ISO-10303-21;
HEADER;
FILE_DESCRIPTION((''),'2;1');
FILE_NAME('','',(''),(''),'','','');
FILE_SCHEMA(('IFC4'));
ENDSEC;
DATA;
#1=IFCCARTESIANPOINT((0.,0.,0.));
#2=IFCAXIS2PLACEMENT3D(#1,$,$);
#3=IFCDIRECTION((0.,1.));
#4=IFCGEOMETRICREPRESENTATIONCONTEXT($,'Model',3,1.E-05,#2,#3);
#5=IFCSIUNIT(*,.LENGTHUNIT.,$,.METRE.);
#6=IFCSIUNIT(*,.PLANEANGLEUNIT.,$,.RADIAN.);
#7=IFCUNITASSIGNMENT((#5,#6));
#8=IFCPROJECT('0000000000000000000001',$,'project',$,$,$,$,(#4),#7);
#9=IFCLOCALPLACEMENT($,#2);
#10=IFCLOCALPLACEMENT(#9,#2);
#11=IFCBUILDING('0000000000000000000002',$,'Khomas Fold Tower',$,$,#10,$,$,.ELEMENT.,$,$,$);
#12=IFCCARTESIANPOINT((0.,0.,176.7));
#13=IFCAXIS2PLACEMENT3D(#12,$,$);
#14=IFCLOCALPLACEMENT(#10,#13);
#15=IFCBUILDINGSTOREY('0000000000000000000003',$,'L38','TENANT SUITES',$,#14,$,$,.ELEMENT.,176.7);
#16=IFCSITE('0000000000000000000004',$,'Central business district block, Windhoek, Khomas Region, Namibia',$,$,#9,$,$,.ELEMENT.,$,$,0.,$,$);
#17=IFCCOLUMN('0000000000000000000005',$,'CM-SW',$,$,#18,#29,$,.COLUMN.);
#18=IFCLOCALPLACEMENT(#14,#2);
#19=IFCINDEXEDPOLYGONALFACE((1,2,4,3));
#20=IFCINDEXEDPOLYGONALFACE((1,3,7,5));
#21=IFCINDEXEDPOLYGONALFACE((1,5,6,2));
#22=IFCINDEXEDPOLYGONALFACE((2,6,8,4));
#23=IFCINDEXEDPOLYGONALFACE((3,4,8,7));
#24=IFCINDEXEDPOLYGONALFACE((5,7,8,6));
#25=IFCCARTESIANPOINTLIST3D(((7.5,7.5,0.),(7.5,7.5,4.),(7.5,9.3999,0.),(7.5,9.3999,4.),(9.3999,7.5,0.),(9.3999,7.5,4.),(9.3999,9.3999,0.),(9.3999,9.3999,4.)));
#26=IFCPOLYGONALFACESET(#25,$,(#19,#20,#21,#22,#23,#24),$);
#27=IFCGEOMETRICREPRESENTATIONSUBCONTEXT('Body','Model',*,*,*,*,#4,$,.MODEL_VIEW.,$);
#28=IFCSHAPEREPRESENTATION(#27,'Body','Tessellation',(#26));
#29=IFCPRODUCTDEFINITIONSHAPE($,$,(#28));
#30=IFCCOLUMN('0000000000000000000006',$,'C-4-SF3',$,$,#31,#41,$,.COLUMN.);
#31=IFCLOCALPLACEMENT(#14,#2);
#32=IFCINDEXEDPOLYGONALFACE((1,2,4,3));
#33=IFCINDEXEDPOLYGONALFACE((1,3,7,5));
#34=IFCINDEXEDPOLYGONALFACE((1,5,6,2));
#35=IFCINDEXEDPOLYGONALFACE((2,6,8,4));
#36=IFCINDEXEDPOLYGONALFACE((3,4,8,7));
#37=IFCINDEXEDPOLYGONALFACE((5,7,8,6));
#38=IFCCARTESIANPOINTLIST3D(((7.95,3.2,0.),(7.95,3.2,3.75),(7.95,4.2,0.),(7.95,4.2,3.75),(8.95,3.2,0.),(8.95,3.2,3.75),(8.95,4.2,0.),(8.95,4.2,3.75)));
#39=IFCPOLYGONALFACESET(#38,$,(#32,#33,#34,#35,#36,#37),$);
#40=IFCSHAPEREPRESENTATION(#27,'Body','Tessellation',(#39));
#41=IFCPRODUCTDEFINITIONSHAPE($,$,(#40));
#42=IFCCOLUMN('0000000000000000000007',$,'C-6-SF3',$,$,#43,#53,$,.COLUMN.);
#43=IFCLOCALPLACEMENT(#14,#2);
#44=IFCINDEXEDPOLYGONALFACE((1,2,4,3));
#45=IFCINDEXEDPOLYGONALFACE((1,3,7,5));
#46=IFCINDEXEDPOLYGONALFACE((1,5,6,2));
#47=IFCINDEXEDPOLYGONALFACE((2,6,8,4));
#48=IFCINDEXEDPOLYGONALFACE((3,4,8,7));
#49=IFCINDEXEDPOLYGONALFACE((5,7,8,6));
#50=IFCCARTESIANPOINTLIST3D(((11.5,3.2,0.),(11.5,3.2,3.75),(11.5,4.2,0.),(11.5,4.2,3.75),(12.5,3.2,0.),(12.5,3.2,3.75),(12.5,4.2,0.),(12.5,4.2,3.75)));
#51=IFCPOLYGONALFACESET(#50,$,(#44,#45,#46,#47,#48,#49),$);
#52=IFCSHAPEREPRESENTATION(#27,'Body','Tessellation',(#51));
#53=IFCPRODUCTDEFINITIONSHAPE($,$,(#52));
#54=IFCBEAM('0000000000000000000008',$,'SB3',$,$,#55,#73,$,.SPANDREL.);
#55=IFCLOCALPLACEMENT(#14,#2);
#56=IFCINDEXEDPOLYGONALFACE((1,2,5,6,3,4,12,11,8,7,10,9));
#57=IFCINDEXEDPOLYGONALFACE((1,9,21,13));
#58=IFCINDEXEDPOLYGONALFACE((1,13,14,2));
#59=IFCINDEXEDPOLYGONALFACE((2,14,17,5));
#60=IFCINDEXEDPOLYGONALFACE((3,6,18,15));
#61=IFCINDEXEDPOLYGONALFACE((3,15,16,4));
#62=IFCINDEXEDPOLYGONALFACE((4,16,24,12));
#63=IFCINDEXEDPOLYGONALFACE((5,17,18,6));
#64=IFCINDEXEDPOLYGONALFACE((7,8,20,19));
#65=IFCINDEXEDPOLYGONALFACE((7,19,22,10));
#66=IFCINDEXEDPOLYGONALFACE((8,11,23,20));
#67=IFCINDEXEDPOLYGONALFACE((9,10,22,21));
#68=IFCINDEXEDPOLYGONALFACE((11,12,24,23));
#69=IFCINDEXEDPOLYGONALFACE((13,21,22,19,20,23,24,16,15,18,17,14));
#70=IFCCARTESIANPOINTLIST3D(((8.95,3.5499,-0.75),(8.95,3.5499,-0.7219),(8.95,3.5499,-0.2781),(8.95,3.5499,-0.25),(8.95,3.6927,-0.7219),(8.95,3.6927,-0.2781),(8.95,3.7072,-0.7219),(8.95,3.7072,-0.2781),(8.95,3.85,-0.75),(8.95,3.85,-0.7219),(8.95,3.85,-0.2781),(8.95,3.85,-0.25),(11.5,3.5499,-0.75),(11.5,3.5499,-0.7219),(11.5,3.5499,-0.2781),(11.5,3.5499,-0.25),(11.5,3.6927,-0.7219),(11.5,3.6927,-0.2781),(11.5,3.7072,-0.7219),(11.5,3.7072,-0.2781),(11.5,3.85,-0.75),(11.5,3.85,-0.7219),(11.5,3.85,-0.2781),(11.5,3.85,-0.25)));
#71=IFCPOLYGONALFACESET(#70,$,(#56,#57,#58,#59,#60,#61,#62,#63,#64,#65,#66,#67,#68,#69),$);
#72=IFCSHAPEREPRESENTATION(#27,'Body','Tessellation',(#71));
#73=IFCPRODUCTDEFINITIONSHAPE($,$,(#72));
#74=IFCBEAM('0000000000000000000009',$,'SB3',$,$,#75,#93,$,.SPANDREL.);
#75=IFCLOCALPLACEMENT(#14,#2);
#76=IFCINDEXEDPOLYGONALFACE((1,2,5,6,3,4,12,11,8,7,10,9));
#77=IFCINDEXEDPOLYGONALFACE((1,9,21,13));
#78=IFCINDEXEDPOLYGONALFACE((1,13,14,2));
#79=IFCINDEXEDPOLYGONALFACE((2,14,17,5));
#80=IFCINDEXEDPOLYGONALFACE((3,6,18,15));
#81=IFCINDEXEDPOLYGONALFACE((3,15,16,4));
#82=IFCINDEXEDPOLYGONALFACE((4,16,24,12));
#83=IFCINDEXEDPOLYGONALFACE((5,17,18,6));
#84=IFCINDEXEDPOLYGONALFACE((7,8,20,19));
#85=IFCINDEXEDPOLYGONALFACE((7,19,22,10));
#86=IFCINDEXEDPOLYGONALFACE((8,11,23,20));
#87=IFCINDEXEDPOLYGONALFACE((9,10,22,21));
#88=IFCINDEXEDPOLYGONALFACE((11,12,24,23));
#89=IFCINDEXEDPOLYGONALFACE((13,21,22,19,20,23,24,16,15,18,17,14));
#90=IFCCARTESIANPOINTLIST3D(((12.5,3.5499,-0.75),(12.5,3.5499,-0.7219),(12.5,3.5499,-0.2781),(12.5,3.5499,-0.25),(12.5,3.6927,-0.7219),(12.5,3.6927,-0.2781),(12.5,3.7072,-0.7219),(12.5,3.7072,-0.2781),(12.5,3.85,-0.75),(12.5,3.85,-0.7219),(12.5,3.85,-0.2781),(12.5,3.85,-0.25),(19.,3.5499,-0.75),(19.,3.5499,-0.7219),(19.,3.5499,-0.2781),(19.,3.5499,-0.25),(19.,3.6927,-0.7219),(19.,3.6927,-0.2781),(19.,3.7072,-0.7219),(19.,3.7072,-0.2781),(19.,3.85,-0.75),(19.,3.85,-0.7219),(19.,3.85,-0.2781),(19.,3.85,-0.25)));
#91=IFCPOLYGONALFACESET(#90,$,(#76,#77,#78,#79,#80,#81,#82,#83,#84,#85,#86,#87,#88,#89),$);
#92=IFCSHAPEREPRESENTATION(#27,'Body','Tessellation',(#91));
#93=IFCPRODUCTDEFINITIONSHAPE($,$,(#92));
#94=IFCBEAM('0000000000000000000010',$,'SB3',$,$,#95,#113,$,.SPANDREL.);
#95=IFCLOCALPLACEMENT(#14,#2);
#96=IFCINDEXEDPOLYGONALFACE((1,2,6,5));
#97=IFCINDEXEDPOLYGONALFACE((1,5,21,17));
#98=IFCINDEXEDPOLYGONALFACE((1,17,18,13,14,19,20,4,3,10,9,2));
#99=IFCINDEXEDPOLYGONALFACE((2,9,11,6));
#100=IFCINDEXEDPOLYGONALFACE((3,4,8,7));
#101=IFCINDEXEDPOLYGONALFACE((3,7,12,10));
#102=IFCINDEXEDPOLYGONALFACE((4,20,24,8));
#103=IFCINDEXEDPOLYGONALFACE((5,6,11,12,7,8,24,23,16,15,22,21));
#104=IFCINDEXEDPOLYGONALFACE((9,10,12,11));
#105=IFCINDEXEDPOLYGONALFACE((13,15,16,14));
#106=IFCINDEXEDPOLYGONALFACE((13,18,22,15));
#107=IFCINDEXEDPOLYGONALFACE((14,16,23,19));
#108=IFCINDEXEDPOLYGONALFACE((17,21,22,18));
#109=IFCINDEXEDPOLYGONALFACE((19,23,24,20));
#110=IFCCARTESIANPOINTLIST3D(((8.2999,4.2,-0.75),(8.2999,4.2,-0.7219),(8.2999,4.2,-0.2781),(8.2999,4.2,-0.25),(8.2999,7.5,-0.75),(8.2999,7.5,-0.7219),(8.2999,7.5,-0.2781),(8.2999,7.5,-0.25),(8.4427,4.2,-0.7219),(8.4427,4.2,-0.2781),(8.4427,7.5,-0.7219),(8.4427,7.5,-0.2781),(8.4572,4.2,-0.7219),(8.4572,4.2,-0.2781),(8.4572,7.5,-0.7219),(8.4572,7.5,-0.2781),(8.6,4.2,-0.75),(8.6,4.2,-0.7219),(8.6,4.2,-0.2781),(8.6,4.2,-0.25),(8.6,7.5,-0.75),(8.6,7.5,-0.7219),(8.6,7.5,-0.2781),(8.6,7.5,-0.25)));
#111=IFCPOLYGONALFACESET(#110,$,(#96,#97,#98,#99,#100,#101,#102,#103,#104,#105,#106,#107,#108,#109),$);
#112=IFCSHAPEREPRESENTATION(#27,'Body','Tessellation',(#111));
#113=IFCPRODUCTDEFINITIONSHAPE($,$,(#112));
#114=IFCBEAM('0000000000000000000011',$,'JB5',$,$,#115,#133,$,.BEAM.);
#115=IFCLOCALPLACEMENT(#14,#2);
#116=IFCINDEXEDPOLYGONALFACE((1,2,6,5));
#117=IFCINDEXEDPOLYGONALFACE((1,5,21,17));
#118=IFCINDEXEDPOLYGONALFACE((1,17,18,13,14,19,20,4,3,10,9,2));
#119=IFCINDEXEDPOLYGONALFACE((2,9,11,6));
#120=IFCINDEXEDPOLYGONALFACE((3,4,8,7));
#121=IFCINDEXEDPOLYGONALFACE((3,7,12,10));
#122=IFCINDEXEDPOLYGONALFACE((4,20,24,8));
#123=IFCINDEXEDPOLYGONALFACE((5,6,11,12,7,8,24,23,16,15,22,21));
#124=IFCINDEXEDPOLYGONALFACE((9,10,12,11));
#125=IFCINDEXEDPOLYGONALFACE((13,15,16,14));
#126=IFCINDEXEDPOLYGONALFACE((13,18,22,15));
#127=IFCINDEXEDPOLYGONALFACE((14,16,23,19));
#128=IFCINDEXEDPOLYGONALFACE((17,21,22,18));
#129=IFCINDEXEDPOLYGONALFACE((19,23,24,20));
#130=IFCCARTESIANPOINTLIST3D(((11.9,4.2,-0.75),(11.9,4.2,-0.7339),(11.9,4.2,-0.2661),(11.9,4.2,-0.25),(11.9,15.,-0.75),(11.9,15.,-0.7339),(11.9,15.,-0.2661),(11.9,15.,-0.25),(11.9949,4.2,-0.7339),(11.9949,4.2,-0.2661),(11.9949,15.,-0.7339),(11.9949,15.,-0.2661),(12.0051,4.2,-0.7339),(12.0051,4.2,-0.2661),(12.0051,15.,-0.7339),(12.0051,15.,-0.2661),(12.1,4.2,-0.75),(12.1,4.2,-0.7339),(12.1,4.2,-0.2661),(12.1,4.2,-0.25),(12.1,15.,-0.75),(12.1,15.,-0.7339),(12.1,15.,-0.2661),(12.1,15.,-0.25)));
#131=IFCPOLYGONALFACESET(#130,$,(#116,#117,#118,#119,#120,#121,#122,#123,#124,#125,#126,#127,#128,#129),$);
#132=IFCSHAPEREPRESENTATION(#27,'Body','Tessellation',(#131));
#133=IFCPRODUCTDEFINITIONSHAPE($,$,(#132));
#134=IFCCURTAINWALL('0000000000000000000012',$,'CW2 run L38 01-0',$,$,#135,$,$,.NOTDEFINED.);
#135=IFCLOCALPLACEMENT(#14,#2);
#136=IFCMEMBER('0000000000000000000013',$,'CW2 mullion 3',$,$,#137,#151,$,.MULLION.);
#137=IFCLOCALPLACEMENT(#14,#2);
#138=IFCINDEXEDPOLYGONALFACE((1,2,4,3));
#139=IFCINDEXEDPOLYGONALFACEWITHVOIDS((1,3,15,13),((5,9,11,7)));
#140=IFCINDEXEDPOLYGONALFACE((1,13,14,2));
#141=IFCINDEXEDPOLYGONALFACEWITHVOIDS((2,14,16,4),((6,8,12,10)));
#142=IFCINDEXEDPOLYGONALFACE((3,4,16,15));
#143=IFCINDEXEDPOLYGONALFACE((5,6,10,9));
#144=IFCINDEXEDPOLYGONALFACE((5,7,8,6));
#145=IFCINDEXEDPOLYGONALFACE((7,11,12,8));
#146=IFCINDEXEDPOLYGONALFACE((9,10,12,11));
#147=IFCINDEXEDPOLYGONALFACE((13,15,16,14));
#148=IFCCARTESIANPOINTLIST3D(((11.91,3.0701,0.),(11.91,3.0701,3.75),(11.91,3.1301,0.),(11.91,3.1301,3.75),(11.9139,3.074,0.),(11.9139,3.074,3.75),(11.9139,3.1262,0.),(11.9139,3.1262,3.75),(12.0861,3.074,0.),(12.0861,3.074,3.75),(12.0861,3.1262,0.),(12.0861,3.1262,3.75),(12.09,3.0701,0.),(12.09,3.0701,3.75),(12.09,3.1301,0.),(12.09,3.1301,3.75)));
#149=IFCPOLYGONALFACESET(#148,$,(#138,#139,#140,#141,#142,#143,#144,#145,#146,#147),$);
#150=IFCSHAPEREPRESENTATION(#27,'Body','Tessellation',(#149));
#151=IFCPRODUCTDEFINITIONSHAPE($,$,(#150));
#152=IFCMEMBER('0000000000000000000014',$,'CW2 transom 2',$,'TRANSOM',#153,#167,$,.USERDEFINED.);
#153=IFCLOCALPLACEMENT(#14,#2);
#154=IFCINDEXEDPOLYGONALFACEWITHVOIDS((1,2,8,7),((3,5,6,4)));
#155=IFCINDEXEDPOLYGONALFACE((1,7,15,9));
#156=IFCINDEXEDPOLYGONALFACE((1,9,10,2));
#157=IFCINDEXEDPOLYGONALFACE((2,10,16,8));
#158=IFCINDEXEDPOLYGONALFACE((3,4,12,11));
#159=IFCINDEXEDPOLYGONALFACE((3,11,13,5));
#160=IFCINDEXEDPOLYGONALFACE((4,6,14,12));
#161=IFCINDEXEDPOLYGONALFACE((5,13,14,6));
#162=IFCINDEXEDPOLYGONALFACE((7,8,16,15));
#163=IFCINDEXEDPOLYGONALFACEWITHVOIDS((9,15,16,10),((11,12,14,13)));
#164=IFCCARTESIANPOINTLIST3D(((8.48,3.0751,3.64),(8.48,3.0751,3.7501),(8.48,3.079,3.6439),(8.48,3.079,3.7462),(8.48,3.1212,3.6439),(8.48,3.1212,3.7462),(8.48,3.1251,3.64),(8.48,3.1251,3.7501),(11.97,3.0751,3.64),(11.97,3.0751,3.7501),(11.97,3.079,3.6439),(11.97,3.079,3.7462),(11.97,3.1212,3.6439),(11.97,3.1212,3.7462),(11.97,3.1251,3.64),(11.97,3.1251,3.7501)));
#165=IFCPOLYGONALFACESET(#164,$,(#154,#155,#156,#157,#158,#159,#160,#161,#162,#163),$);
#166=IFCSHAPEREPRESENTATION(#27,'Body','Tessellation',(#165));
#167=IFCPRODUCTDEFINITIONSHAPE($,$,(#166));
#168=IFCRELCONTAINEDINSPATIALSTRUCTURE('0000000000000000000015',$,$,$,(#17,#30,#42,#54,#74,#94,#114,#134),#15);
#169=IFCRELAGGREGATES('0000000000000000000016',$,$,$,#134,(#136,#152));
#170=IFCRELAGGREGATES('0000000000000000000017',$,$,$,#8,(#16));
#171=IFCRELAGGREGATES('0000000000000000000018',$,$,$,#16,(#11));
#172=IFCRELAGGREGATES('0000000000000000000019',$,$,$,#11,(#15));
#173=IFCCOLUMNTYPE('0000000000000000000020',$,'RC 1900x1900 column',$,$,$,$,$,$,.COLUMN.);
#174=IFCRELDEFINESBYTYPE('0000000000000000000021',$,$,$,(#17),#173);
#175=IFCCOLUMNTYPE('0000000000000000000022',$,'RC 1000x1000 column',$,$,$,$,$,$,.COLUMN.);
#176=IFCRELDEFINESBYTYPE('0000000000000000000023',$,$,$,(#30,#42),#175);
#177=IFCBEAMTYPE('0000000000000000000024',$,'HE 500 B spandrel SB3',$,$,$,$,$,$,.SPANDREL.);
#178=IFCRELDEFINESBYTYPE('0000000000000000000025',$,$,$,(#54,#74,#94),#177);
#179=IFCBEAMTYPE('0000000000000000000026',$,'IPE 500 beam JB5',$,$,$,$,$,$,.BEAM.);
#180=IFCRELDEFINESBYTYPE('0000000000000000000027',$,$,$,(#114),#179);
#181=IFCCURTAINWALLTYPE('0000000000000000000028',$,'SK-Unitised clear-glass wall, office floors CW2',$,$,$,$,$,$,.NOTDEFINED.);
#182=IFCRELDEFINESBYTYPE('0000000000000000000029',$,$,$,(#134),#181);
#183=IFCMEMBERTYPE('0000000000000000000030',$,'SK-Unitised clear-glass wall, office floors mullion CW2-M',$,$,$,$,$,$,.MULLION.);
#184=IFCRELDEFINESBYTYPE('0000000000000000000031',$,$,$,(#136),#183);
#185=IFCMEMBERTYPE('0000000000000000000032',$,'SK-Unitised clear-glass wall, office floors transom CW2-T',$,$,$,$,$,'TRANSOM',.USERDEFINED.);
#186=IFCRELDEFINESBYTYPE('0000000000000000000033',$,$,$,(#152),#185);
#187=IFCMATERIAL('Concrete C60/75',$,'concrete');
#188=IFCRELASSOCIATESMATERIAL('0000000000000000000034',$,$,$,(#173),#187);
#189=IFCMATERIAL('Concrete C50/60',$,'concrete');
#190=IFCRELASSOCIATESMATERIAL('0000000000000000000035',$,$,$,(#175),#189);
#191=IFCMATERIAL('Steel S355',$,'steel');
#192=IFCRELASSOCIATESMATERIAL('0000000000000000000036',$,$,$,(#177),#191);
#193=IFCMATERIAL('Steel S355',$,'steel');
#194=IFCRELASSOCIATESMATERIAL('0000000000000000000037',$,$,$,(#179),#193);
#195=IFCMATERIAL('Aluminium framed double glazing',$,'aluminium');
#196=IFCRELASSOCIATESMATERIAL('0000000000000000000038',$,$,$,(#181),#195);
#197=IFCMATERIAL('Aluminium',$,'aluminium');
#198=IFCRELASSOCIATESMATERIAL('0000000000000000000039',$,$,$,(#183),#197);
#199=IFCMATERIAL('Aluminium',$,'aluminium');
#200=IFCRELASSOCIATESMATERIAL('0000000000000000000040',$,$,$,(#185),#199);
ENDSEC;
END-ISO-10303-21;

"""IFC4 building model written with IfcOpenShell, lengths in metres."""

from ifc_helpers import new_model, si_unit, direction, frame, origin, origin_2d, place, context, subcontext, project, spatial, rectangle, hollow_rectangle, i_section, extrude, source, transform, mapped, material, material_profile, profile_set, type_object, element, aggregate, save


model = new_model("IFC4")

# Units and contexts
model_context = context("Model", 3, precision=1e-05, world=origin(), true_north=direction((0.0, 1.0)))
body_context = subcontext(model_context, "Body", "Model", "MODEL_VIEW")
ifc_project = project(units=[si_unit("LENGTHUNIT", "METRE"), si_unit("PLANEANGLEUNIT", "RADIAN")], contexts=[model_context])

# Site, building, storey
site_placement = place(None, origin())
site = spatial("IfcSite", under=ifc_project, at=site_placement, Name="Central business district block, Windhoek, Khomas Region, Namibia", CompositionType="ELEMENT", RefElevation=0.0)
building_placement = place(site_placement, origin())
building = spatial("IfcBuilding", under=site, at=building_placement, Name="Khomas Fold Tower", CompositionType="ELEMENT")
storey_placement = place(building_placement, frame((0.0, 0.0, 176.7)))
storey = spatial("IfcBuildingStorey", under=building, at=storey_placement, Name="L38", Description="TENANT SUITES", CompositionType="ELEMENT", Elevation=176.7)

# Columns
ifc_material_1 = material(Name="Concrete C60/75", Category="concrete")
ifc_material_profile_1 = material_profile(ifc_material_1, rectangle(XDim=1.8999, YDim=1.8999, at=origin_2d()), Name="RC 1900x1900")
ifc_profile_set_1 = profile_set([ifc_material_profile_1], Name="Concrete C60/75")
column_type_1 = type_object("IfcColumnType", Name="RC 1900x1900 column", PredefinedType="COLUMN", material=ifc_profile_set_1)
shared_shape_1 = source(origin(), body_context, "Body", "SweptSolid", [
    extrude(rectangle(XDim=1.8999, YDim=1.8999, at=origin_2d()), origin(), (0.0, 0.0, 1.0), 4.0),
])
column_placement = place(storey_placement, frame((8.45, 8.45, 0.0), z_axis=(0.0, 0.0, 1.0), x_axis=(1.0, 0.0, 0.0)))
element("IfcColumn", 1, at=column_placement, inside=storey, type_object=column_type_1, Name="CM-SW", PredefinedType="COLUMN", context=body_context, shape_type="MappedRepresentation", body=[
    mapped(shared_shape_1, transform((0.0, 0.0, 0.0))),
])
ifc_material_2 = material(Name="Concrete C50/60", Category="concrete")
ifc_material_profile_2 = material_profile(ifc_material_2, rectangle(XDim=1.0, YDim=1.0, at=origin_2d()), Name="RC 1000x1000")
ifc_profile_set_2 = profile_set([ifc_material_profile_2], Name="Concrete C50/60")
column_type_2 = type_object("IfcColumnType", Name="RC 1000x1000 column", PredefinedType="COLUMN", material=ifc_profile_set_2)
shared_shape_2 = source(origin(), body_context, "Body", "SweptSolid", [
    extrude(rectangle(XDim=1.0, YDim=1.0, at=origin_2d()), origin(), (0.0, 0.0, 1.0), 3.75),
])
for number, where, z_axis, x_axis, name in (
    (2, (8.45, 3.7, 0.0), (0.0, 0.0, 1.0), (1.0, 0.0, 0.0), "C-4-SF3"),
    (3, (12.0, 3.7, 0.0), (0.0, 0.0, 1.0), (1.0, 0.0, 0.0), "C-6-SF3"),
):
    element("IfcColumn", number, at=place(storey_placement, frame(where, z_axis=z_axis, x_axis=x_axis)), inside=storey, type_object=column_type_2, Name=name, PredefinedType="COLUMN", context=body_context, shape_type="MappedRepresentation", body=[
        mapped(shared_shape_2, transform((0.0, 0.0, 0.0))),
    ])

# Beams
ifc_material_3 = material(Name="Steel S355", Category="steel")
ifc_material_profile_3 = material_profile(ifc_material_3, i_section(OverallWidth=0.3, OverallDepth=0.5, WebThickness=0.0144, FlangeThickness=0.0281, at=origin_2d()), Name="HE 500 B")
ifc_profile_set_3 = profile_set([ifc_material_profile_3], Name="Steel S355")
beam_type_1 = type_object("IfcBeamType", Name="HE 500 B spandrel SB3", PredefinedType="SPANDREL", material=ifc_profile_set_3)
shared_shape_3 = source(origin(), body_context, "Body", "SweptSolid", [
    extrude(i_section(OverallWidth=0.3, OverallDepth=0.5, WebThickness=0.0144, FlangeThickness=0.0281, at=origin_2d()), origin(), (0.0, 0.0, 1.0), 2.55),
])
beam_1_placement = place(storey_placement, frame((8.95, 3.7, -0.5), z_axis=(1.0, 0.0, 0.0), x_axis=(0.0, 1.0, 0.0)))
element("IfcBeam", 4, at=beam_1_placement, inside=storey, type_object=beam_type_1, Name="SB3", PredefinedType="SPANDREL", context=body_context, shape_type="MappedRepresentation", body=[
    mapped(shared_shape_3, transform((0.0, 0.0, 0.0))),
])
shared_shape_4 = source(origin(), body_context, "Body", "SweptSolid", [
    extrude(i_section(OverallWidth=0.3, OverallDepth=0.5, WebThickness=0.0144, FlangeThickness=0.0281, at=origin_2d()), origin(), (0.0, 0.0, 1.0), 6.5),
])
beam_2_placement = place(storey_placement, frame((12.5, 3.7, -0.5), z_axis=(1.0, 0.0, 0.0), x_axis=(0.0, 1.0, 0.0)))
element("IfcBeam", 5, at=beam_2_placement, inside=storey, type_object=beam_type_1, Name="SB3", PredefinedType="SPANDREL", context=body_context, shape_type="MappedRepresentation", body=[
    mapped(shared_shape_4, transform((0.0, 0.0, 0.0))),
])
shared_shape_5 = source(origin(), body_context, "Body", "SweptSolid", [
    extrude(i_section(OverallWidth=0.3, OverallDepth=0.5, WebThickness=0.0144, FlangeThickness=0.0281, at=origin_2d()), origin(), (0.0, 0.0, 1.0), 3.3),
])
beam_3_placement = place(storey_placement, frame((8.45, 4.2, -0.5), z_axis=(0.0, 1.0, 0.0), x_axis=(-1.0, 0.0, 0.0)))
element("IfcBeam", 6, at=beam_3_placement, inside=storey, type_object=beam_type_1, Name="SB3", PredefinedType="SPANDREL", context=body_context, shape_type="MappedRepresentation", body=[
    mapped(shared_shape_5, transform((0.0, 0.0, 0.0))),
])
ifc_material_4 = material(Name="Steel S355", Category="steel")
ifc_material_profile_4 = material_profile(ifc_material_4, i_section(OverallWidth=0.2, OverallDepth=0.5, WebThickness=0.0103, FlangeThickness=0.0161, at=origin_2d()), Name="IPE 500")
ifc_profile_set_4 = profile_set([ifc_material_profile_4], Name="Steel S355")
beam_type_2 = type_object("IfcBeamType", Name="IPE 500 beam JB5", PredefinedType="BEAM", material=ifc_profile_set_4)
shared_shape_6 = source(origin(), body_context, "Body", "SweptSolid", [
    extrude(i_section(OverallWidth=0.2, OverallDepth=0.5, WebThickness=0.0103, FlangeThickness=0.0161, at=origin_2d()), origin(), (0.0, 0.0, 1.0), 10.8),
])
beam_4_placement = place(storey_placement, frame((12.0, 4.2, -0.5), z_axis=(0.0, 1.0, 0.0), x_axis=(-1.0, 0.0, 0.0)))
element("IfcBeam", 7, at=beam_4_placement, inside=storey, type_object=beam_type_2, Name="JB5", PredefinedType="BEAM", context=body_context, shape_type="MappedRepresentation", body=[
    mapped(shared_shape_6, transform((0.0, 0.0, 0.0))),
])

# Curtain wall, members
ifc_material_5 = material(Name="Aluminium framed double glazing", Category="aluminium")
curtain_wall_type = type_object("IfcCurtainWallType", Name="SK-Unitised clear-glass wall, office floors CW2", PredefinedType="NOTDEFINED", material=ifc_material_5)
curtain_wall_placement = place(storey_placement, origin())
curtain_wall = element("IfcCurtainWall", 8, at=curtain_wall_placement, inside=storey, type_object=curtain_wall_type, Name="CW2 run L38 01-0", PredefinedType="NOTDEFINED")
ifc_material_6 = material(Name="Aluminium", Category="aluminium")
ifc_material_profile_5 = material_profile(ifc_material_6, hollow_rectangle(XDim=0.0601, YDim=0.1799, WallThickness=0.0039, at=origin_2d()), Name="SK-Unitised clear-glass wall, office floors mullion CW2-M")
ifc_profile_set_5 = profile_set([ifc_material_profile_5], Name="Aluminium")
member_type_1 = type_object("IfcMemberType", Name="SK-Unitised clear-glass wall, office floors mullion CW2-M", PredefinedType="MULLION", material=ifc_profile_set_5)
shared_shape_7 = source(origin(), body_context, "Body", "SweptSolid", [
    extrude(hollow_rectangle(XDim=0.0601, YDim=0.1799, WallThickness=0.0039, at=origin_2d()), origin(), (0.0, 0.0, 1.0), 3.75),
])
member_1_placement = place(storey_placement, frame((12.0, 3.1001, 0.0), z_axis=(0.0, 0.0, 1.0), x_axis=(0.0, 1.0, 0.0)))
member_1 = element("IfcMember", 9, at=member_1_placement, type_object=member_type_1, Name="CW2 mullion 3", PredefinedType="MULLION", context=body_context, shape_type="MappedRepresentation", body=[
    mapped(shared_shape_7, transform((0.0, 0.0, 0.0))),
])
ifc_material_7 = material(Name="Aluminium", Category="aluminium")
ifc_material_profile_6 = material_profile(ifc_material_7, hollow_rectangle(XDim=0.05, YDim=0.1101, WallThickness=0.0039, at=origin_2d()), Name="SK-Unitised clear-glass wall, office floors transom CW2-T")
ifc_profile_set_6 = profile_set([ifc_material_profile_6], Name="Aluminium")
member_type_2 = type_object("IfcMemberType", Name="SK-Unitised clear-glass wall, office floors transom CW2-T", ElementType="TRANSOM", PredefinedType="USERDEFINED", material=ifc_profile_set_6)
shared_shape_8 = source(origin(), body_context, "Body", "SweptSolid", [
    extrude(hollow_rectangle(XDim=0.05, YDim=0.1101, WallThickness=0.0039, at=origin_2d()), origin(), (0.0, 0.0, 1.0), 3.49),
])
member_2_placement = place(storey_placement, frame((8.48, 3.1001, 3.6951), z_axis=(1.0, 0.0, 0.0), x_axis=(0.0, 1.0, 0.0)))
member_2 = element("IfcMember", 10, at=member_2_placement, type_object=member_type_2, Name="CW2 transom 2", ObjectType="TRANSOM", PredefinedType="USERDEFINED", context=body_context, shape_type="MappedRepresentation", body=[
    mapped(shared_shape_8, transform((0.0, 0.0, 0.0))),
])

aggregate(curtain_wall, [member_1, member_2])

save(model, "model.ifc")
